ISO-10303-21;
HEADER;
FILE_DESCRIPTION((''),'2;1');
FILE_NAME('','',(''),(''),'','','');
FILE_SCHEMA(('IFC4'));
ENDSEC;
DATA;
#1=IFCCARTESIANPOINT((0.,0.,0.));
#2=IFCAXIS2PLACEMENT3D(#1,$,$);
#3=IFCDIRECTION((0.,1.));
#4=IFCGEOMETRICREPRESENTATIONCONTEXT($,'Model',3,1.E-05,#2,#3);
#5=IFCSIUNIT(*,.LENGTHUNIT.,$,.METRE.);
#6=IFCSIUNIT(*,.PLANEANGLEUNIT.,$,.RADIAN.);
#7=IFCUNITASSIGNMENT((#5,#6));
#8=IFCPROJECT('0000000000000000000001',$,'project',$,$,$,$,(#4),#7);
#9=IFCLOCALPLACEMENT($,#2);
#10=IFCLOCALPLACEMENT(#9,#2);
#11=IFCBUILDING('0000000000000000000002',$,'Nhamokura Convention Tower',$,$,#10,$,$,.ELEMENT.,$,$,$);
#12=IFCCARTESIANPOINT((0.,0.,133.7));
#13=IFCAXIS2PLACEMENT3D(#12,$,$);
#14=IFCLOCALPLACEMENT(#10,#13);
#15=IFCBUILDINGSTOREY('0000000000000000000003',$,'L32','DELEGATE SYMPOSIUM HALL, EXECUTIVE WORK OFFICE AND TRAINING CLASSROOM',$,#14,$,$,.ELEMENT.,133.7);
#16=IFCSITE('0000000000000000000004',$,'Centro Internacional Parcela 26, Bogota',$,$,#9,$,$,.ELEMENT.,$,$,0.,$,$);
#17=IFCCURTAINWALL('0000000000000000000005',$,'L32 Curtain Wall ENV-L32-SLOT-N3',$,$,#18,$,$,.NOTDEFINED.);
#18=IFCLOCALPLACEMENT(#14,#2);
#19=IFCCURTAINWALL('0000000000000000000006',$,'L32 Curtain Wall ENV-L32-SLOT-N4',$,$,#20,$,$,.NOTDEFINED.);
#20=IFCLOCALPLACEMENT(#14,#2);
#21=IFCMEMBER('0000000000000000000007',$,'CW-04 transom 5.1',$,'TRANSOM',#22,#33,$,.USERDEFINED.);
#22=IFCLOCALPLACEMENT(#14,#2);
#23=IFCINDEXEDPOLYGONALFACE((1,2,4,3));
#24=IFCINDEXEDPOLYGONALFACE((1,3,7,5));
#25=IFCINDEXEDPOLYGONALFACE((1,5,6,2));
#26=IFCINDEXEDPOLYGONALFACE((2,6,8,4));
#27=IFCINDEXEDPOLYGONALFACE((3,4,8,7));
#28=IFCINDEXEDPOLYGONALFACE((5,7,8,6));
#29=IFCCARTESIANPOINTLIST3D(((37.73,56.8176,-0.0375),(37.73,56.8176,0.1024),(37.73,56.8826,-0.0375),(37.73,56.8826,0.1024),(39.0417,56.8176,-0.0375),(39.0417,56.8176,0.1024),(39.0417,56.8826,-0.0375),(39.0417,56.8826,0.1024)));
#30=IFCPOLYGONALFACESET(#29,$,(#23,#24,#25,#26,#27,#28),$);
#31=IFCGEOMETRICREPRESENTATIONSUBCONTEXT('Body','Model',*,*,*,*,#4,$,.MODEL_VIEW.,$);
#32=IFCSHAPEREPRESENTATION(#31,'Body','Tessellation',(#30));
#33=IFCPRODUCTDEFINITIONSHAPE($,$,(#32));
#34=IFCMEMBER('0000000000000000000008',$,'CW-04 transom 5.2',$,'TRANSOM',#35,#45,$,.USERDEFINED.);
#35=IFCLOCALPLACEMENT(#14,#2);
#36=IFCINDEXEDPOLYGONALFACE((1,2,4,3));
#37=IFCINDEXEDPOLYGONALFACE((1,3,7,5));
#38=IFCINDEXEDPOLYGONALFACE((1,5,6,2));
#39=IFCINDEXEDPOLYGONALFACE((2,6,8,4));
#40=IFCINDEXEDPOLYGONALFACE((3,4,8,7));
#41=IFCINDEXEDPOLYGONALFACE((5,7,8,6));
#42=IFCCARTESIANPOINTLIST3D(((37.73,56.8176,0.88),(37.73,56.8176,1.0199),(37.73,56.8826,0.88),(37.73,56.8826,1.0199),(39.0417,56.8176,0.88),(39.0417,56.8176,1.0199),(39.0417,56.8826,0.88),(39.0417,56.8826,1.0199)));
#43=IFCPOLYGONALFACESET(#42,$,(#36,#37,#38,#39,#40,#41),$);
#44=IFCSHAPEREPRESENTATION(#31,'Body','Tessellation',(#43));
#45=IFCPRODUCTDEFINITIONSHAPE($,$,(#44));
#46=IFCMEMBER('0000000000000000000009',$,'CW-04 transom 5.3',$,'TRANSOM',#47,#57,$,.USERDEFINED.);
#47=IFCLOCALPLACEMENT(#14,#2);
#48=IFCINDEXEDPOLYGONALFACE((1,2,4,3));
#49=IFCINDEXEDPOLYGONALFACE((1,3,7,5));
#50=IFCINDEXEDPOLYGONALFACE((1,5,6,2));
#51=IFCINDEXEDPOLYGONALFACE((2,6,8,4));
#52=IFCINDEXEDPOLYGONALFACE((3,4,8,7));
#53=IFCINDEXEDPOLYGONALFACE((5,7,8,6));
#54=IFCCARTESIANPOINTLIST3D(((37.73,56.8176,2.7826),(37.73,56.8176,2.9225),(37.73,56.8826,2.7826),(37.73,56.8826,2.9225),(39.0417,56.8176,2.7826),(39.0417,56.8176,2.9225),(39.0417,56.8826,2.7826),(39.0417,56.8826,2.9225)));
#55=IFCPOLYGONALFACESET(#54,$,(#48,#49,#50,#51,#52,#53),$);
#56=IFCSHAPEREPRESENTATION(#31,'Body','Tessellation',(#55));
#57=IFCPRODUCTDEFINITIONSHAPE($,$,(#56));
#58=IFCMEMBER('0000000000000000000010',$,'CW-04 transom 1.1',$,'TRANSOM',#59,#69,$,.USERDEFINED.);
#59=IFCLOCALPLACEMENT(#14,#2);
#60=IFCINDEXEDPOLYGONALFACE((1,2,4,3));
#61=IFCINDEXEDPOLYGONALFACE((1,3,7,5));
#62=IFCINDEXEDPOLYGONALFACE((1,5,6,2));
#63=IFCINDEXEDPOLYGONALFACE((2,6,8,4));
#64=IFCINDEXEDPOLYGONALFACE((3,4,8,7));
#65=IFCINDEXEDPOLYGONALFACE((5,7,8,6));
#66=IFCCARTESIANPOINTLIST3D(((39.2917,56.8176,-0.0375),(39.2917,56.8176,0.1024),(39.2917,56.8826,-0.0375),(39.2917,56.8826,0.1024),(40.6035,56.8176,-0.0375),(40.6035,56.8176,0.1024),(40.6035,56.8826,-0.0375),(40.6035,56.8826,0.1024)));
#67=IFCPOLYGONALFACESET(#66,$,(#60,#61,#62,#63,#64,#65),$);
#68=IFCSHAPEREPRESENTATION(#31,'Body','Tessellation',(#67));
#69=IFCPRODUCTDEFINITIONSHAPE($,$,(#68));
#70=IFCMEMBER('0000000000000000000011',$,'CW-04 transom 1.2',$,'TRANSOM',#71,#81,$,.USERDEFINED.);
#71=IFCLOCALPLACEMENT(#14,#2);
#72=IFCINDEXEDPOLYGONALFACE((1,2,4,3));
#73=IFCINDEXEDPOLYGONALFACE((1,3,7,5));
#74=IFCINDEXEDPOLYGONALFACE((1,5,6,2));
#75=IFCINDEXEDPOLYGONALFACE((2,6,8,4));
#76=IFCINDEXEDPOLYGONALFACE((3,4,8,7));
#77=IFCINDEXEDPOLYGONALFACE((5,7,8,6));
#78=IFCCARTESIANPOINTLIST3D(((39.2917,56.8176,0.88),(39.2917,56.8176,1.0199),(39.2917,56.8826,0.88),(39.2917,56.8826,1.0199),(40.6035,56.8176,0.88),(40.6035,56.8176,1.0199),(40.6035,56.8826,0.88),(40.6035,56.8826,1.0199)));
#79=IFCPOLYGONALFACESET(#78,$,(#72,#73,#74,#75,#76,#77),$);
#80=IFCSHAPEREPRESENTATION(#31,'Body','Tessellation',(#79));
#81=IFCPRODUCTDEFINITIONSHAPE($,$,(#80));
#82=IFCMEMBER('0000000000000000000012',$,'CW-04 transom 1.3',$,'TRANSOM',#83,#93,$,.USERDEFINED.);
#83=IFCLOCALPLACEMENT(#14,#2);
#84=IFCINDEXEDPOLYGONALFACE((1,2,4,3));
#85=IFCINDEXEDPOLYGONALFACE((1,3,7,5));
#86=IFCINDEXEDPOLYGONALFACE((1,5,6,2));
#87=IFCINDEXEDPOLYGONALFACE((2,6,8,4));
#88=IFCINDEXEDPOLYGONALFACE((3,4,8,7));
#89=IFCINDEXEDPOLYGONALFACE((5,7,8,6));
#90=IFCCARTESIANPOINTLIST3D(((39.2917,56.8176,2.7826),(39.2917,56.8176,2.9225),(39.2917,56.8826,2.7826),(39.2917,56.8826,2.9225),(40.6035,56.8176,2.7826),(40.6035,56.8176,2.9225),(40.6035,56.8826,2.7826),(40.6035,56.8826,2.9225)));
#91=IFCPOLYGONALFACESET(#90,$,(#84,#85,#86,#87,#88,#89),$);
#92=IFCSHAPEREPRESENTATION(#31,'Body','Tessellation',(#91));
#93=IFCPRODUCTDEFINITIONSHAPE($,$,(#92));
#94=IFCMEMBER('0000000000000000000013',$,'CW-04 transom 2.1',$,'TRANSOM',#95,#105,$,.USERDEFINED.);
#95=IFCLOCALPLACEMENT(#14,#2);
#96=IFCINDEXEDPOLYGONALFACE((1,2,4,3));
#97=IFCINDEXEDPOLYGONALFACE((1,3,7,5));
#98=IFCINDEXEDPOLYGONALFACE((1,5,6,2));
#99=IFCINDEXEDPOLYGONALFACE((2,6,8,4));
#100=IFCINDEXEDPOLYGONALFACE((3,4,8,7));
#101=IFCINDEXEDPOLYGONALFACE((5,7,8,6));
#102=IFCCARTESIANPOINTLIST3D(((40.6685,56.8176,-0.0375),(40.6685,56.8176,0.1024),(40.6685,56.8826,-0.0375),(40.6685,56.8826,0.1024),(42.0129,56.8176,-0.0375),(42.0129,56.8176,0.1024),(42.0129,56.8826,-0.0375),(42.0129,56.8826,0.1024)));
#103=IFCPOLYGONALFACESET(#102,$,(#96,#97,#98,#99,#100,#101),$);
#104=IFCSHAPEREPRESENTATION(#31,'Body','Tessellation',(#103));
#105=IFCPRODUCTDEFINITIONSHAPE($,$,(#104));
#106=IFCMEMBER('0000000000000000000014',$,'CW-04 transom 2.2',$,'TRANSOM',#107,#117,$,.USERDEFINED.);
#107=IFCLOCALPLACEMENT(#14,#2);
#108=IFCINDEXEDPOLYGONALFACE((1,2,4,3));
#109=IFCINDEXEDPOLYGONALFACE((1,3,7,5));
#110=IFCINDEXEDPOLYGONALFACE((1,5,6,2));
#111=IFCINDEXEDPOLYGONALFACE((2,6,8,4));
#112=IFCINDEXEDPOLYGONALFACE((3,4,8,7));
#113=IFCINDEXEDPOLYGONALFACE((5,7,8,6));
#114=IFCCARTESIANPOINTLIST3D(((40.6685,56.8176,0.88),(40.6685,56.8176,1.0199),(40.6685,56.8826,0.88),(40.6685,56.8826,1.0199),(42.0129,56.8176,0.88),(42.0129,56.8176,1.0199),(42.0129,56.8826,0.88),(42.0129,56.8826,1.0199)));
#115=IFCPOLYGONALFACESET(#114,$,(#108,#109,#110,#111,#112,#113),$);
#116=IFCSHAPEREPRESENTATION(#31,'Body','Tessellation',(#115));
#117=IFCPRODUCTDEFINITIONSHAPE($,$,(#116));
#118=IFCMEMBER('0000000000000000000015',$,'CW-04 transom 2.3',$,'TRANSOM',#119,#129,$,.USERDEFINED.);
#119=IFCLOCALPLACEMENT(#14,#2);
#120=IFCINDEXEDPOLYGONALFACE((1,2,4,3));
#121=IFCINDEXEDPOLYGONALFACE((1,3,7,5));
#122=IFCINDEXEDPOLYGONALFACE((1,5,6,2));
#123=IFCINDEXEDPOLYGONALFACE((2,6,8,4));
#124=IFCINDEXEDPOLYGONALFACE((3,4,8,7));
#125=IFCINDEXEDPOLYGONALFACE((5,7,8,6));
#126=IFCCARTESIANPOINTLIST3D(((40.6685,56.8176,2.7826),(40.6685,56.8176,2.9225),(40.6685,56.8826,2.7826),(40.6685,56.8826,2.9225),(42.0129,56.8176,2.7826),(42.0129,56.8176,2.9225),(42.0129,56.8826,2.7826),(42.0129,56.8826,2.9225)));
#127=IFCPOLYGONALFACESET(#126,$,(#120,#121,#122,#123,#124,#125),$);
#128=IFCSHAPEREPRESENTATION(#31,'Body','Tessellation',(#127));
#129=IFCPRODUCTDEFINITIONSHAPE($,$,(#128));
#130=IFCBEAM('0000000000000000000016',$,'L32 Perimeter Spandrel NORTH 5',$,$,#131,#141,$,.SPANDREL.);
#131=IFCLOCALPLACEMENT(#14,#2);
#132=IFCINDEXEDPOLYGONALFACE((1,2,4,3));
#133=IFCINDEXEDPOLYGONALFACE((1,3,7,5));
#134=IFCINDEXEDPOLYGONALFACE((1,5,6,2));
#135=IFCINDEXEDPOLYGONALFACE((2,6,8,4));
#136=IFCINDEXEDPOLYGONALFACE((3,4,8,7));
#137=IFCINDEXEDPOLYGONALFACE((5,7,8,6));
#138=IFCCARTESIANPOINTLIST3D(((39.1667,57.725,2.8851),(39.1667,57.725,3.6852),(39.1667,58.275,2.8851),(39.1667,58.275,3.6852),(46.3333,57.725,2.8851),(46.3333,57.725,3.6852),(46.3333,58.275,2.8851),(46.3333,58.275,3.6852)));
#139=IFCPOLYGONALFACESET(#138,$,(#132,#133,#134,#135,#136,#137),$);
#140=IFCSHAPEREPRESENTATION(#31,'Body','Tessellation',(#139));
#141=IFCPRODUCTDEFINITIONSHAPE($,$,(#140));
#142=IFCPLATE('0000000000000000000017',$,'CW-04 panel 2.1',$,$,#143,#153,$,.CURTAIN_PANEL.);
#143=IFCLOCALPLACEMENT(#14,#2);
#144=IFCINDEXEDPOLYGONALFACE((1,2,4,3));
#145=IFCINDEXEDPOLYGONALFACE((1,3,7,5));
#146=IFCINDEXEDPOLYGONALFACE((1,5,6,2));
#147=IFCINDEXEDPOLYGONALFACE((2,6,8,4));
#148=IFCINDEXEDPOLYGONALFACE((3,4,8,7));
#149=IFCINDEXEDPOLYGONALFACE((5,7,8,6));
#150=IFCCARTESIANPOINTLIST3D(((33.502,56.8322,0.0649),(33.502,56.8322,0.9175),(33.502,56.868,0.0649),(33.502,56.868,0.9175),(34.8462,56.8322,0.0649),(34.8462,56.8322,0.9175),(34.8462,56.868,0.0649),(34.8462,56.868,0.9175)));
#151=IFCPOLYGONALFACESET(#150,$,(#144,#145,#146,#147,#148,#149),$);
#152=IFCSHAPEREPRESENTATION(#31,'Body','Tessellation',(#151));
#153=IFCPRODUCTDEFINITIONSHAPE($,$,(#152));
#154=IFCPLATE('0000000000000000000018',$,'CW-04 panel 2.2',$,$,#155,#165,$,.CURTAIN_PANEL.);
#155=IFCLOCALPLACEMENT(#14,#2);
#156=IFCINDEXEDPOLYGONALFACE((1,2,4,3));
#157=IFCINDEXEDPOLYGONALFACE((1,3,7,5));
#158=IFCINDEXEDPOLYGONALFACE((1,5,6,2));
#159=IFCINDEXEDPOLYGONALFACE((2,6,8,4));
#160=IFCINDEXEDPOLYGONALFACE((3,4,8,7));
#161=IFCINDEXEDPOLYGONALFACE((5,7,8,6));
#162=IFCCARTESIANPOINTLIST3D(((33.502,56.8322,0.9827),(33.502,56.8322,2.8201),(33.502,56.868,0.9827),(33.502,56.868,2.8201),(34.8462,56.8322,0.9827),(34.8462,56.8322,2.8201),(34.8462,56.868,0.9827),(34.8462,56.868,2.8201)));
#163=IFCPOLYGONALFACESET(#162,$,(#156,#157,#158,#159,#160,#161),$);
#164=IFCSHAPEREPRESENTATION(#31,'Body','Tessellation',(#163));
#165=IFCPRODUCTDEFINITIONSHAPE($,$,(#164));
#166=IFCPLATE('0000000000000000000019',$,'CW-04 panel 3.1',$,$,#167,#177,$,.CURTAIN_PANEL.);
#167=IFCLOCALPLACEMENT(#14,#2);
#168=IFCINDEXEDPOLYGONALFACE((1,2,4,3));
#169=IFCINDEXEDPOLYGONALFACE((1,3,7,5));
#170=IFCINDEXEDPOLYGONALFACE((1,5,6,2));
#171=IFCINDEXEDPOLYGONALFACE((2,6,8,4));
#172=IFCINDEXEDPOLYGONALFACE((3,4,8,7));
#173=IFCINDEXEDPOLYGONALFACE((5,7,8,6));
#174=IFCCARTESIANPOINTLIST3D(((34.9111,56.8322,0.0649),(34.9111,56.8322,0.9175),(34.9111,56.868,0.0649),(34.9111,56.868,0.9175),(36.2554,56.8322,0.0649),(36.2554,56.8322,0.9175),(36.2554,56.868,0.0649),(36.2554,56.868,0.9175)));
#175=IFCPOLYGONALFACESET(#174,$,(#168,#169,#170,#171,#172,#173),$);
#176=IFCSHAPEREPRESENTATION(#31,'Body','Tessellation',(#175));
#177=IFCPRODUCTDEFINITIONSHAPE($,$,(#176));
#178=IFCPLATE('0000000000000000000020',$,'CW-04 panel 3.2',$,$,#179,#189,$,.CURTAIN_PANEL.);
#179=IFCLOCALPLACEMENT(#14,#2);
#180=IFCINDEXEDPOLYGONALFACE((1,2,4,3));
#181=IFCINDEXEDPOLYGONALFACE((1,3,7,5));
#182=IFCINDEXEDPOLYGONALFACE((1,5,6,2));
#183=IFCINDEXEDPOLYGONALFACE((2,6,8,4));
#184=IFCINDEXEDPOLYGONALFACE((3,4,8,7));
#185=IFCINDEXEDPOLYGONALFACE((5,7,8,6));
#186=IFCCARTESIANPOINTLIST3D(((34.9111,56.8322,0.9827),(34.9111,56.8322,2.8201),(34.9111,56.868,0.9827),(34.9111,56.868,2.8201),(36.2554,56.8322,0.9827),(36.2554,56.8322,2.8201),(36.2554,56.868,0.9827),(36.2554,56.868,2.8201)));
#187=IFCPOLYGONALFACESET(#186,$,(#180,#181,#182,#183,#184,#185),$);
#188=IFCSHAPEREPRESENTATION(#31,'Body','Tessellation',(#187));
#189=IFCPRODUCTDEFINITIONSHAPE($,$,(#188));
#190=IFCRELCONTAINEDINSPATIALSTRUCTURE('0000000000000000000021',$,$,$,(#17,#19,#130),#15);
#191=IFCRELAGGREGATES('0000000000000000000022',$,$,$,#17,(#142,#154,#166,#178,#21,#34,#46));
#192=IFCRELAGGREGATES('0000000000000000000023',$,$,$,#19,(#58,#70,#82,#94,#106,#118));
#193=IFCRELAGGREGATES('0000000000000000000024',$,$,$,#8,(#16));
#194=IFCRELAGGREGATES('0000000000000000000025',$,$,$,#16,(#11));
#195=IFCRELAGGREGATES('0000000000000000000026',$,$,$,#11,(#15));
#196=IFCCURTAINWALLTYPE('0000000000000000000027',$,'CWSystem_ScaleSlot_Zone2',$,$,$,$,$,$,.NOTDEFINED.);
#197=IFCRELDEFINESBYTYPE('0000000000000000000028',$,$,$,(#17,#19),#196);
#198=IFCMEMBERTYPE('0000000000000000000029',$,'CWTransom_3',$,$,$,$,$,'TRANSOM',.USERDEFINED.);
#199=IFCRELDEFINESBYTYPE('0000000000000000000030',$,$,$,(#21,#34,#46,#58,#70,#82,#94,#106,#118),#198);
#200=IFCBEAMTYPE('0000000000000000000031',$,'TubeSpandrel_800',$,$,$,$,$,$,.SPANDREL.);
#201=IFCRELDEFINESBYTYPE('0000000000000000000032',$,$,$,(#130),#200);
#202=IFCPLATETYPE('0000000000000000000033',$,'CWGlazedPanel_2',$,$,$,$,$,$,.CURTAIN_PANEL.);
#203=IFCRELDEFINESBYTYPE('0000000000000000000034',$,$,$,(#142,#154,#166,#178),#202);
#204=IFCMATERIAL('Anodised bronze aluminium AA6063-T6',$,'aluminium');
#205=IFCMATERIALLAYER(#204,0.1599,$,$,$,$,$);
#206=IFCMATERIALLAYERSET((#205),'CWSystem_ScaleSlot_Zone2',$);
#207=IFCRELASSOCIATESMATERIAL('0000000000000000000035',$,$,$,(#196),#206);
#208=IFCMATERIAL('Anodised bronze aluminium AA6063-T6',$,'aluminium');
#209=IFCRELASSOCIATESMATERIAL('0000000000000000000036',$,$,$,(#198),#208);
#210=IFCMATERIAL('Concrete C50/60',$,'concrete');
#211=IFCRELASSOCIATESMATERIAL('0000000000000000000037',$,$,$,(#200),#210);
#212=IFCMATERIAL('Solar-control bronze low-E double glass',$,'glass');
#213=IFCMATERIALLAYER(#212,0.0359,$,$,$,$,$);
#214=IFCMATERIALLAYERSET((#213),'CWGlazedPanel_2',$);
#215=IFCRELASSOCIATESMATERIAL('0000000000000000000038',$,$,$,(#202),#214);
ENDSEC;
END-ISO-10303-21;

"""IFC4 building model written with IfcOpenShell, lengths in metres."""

from ifc_helpers import new_model, si_unit, direction, frame, origin, origin_2d, place, context, subcontext, project, spatial, rectangle, extrude, material, layer, layer_set, material_profile, profile_set, type_object, element, aggregate, save


model = new_model("IFC4")

# Units and contexts
model_context = context("Model", 3, precision=1e-05, world=origin(), true_north=direction((0.0, 1.0)))
body_context = subcontext(model_context, "Body", "Model", "MODEL_VIEW")
ifc_project = project(units=[si_unit("LENGTHUNIT", "METRE"), si_unit("PLANEANGLEUNIT", "RADIAN")], contexts=[model_context])

# Site, building, storey
site_placement = place(None, origin())
site = spatial("IfcSite", under=ifc_project, at=site_placement, Name="Centro Internacional Parcela 26, Bogota", CompositionType="ELEMENT", RefElevation=0.0)
building_placement = place(site_placement, origin())
building = spatial("IfcBuilding", under=site, at=building_placement, Name="Nhamokura Convention Tower", CompositionType="ELEMENT")
storey_placement = place(building_placement, frame((0.0, 0.0, 133.7)))
storey = spatial("IfcBuildingStorey", under=building, at=storey_placement, Name="L32", Description="DELEGATE SYMPOSIUM HALL, EXECUTIVE WORK OFFICE AND TRAINING CLASSROOM", CompositionType="ELEMENT", Elevation=133.7)

# Curtain walls
ifc_material_1 = material(Name="Anodised bronze aluminium AA6063-T6", Category="aluminium")
ifc_layer_1 = layer(ifc_material_1, 0.1599)
ifc_layer_set_1 = layer_set([ifc_layer_1], Name="CWSystem_ScaleSlot_Zone2")
curtain_wall_type = type_object("IfcCurtainWallType", Name="CWSystem_ScaleSlot_Zone2", PredefinedType="NOTDEFINED", material=ifc_layer_set_1)
curtain_wall_1_placement = place(storey_placement, origin())
curtain_wall_1 = element("IfcCurtainWall", 1, at=curtain_wall_1_placement, inside=storey, type_object=curtain_wall_type, Name="L32 Curtain Wall ENV-L32-SLOT-N3", PredefinedType="NOTDEFINED")
curtain_wall_2_placement = place(storey_placement, origin())
curtain_wall_2 = element("IfcCurtainWall", 2, at=curtain_wall_2_placement, inside=storey, type_object=curtain_wall_type, Name="L32 Curtain Wall ENV-L32-SLOT-N4", PredefinedType="NOTDEFINED")

# Members
ifc_material_2 = material(Name="Anodised bronze aluminium AA6063-T6", Category="aluminium")
ifc_material_profile_1 = material_profile(ifc_material_2, rectangle(XDim=0.0649, YDim=0.1399, at=origin_2d()))
ifc_profile_set_1 = profile_set([ifc_material_profile_1], Name="Anodised bronze aluminium AA6063-T6")
member_type_1 = type_object("IfcMemberType", Name="CWTransom_3", ElementType="TRANSOM", PredefinedType="USERDEFINED", material=ifc_profile_set_1)
member_1_placement = place(storey_placement, frame((37.73, 56.8501, 0.0325), z_axis=(1.0, 0.0, 0.0), x_axis=(0.0, 1.0, 0.0)))
member_1 = element("IfcMember", 3, at=member_1_placement, type_object=member_type_1, Name="CW-04 transom 5.1", ObjectType="TRANSOM", PredefinedType="USERDEFINED", context=body_context, shape_type="SweptSolid", body=[
    extrude(rectangle(XDim=0.0649, YDim=0.1399, at=origin_2d()), origin(), (0.0, 0.0, 1.0), 1.3118),
])
member_2_placement = place(storey_placement, frame((37.73, 56.8501, 0.95), z_axis=(1.0, 0.0, 0.0), x_axis=(0.0, 1.0, 0.0)))
member_2 = element("IfcMember", 4, at=member_2_placement, type_object=member_type_1, Name="CW-04 transom 5.2", ObjectType="TRANSOM", PredefinedType="USERDEFINED", context=body_context, shape_type="SweptSolid", body=[
    extrude(rectangle(XDim=0.0649, YDim=0.1399, at=origin_2d()), origin(), (0.0, 0.0, 1.0), 1.3118),
])
member_3_placement = place(storey_placement, frame((37.73, 56.8501, 2.8525), z_axis=(1.0, 0.0, 0.0), x_axis=(0.0, 1.0, 0.0)))
member_3 = element("IfcMember", 5, at=member_3_placement, type_object=member_type_1, Name="CW-04 transom 5.3", ObjectType="TRANSOM", PredefinedType="USERDEFINED", context=body_context, shape_type="SweptSolid", body=[
    extrude(rectangle(XDim=0.0649, YDim=0.1399, at=origin_2d()), origin(), (0.0, 0.0, 1.0), 1.3118),
])
member_4_placement = place(storey_placement, frame((39.2917, 56.8501, 0.0325), z_axis=(1.0, 0.0, 0.0), x_axis=(0.0, 1.0, 0.0)))
member_4 = element("IfcMember", 6, at=member_4_placement, type_object=member_type_1, Name="CW-04 transom 1.1", ObjectType="TRANSOM", PredefinedType="USERDEFINED", context=body_context, shape_type="SweptSolid", body=[
    extrude(rectangle(XDim=0.0649, YDim=0.1399, at=origin_2d()), origin(), (0.0, 0.0, 1.0), 1.3118),
])
member_5_placement = place(storey_placement, frame((39.2917, 56.8501, 0.95), z_axis=(1.0, 0.0, 0.0), x_axis=(0.0, 1.0, 0.0)))
member_5 = element("IfcMember", 7, at=member_5_placement, type_object=member_type_1, Name="CW-04 transom 1.2", ObjectType="TRANSOM", PredefinedType="USERDEFINED", context=body_context, shape_type="SweptSolid", body=[
    extrude(rectangle(XDim=0.0649, YDim=0.1399, at=origin_2d()), origin(), (0.0, 0.0, 1.0), 1.3118),
])
member_6_placement = place(storey_placement, frame((39.2917, 56.8501, 2.8525), z_axis=(1.0, 0.0, 0.0), x_axis=(0.0, 1.0, 0.0)))
member_6 = element("IfcMember", 8, at=member_6_placement, type_object=member_type_1, Name="CW-04 transom 1.3", ObjectType="TRANSOM", PredefinedType="USERDEFINED", context=body_context, shape_type="SweptSolid", body=[
    extrude(rectangle(XDim=0.0649, YDim=0.1399, at=origin_2d()), origin(), (0.0, 0.0, 1.0), 1.3118),
])
member_7_placement = place(storey_placement, frame((40.6685, 56.8501, 0.0325), z_axis=(1.0, 0.0, 0.0), x_axis=(0.0, 1.0, 0.0)))
member_7 = element("IfcMember", 9, at=member_7_placement, type_object=member_type_1, Name="CW-04 transom 2.1", ObjectType="TRANSOM", PredefinedType="USERDEFINED", context=body_context, shape_type="SweptSolid", body=[
    extrude(rectangle(XDim=0.0649, YDim=0.1399, at=origin_2d()), origin(), (0.0, 0.0, 1.0), 1.3445),
])
member_8_placement = place(storey_placement, frame((40.6685, 56.8501, 0.95), z_axis=(1.0, 0.0, 0.0), x_axis=(0.0, 1.0, 0.0)))
member_8 = element("IfcMember", 10, at=member_8_placement, type_object=member_type_1, Name="CW-04 transom 2.2", ObjectType="TRANSOM", PredefinedType="USERDEFINED", context=body_context, shape_type="SweptSolid", body=[
    extrude(rectangle(XDim=0.0649, YDim=0.1399, at=origin_2d()), origin(), (0.0, 0.0, 1.0), 1.3445),
])
member_9_placement = place(storey_placement, frame((40.6685, 56.8501, 2.8525), z_axis=(1.0, 0.0, 0.0), x_axis=(0.0, 1.0, 0.0)))
member_9 = element("IfcMember", 11, at=member_9_placement, type_object=member_type_1, Name="CW-04 transom 2.3", ObjectType="TRANSOM", PredefinedType="USERDEFINED", context=body_context, shape_type="SweptSolid", body=[
    extrude(rectangle(XDim=0.0649, YDim=0.1399, at=origin_2d()), origin(), (0.0, 0.0, 1.0), 1.3445),
])

# Beam
ifc_material_3 = material(Name="Concrete C50/60", Category="concrete")
ifc_material_profile_2 = material_profile(ifc_material_3, rectangle(XDim=0.55, YDim=0.8, at=origin_2d()))
ifc_profile_set_2 = profile_set([ifc_material_profile_2], Name="Concrete C50/60")
beam_type = type_object("IfcBeamType", Name="TubeSpandrel_800", PredefinedType="SPANDREL", material=ifc_profile_set_2)
beam_placement = place(storey_placement, frame((39.1667, 58.0, 3.2852), z_axis=(1.0, 0.0, 0.0), x_axis=(0.0, 1.0, 0.0)))
element("IfcBeam", 12, at=beam_placement, inside=storey, type_object=beam_type, Name="L32 Perimeter Spandrel NORTH 5", PredefinedType="SPANDREL", context=body_context, shape_type="SweptSolid", body=[
    extrude(rectangle(XDim=0.55, YDim=0.8, at=origin_2d()), origin(), (0.0, 0.0, 1.0), 7.1665),
])

# Plates
ifc_material_4 = material(Name="Solar-control bronze low-E double glass", Category="glass")
ifc_layer_2 = layer(ifc_material_4, 0.0359)
ifc_layer_set_2 = layer_set([ifc_layer_2], Name="CWGlazedPanel_2")
plate_type = type_object("IfcPlateType", Name="CWGlazedPanel_2", PredefinedType="CURTAIN_PANEL", material=ifc_layer_set_2)
plate_1_placement = place(storey_placement, frame((34.1741, 56.8501, 0.0649), z_axis=(0.0, 0.0, 1.0), x_axis=(1.0, 0.0, 0.0)))
plate_1 = element("IfcPlate", 13, at=plate_1_placement, type_object=plate_type, Name="CW-04 panel 2.1", PredefinedType="CURTAIN_PANEL", context=body_context, shape_type="SweptSolid", body=[
    extrude(rectangle(XDim=1.3442, YDim=0.0359, at=origin_2d()), origin(), (0.0, 0.0, 1.0), 0.8525),
])
plate_2_placement = place(storey_placement, frame((34.1741, 56.8501, 0.9827), z_axis=(0.0, 0.0, 1.0), x_axis=(1.0, 0.0, 0.0)))
plate_2 = element("IfcPlate", 14, at=plate_2_placement, type_object=plate_type, Name="CW-04 panel 2.2", PredefinedType="CURTAIN_PANEL", context=body_context, shape_type="SweptSolid", body=[
    extrude(rectangle(XDim=1.3442, YDim=0.0359, at=origin_2d()), origin(), (0.0, 0.0, 1.0), 1.8374),
])
plate_3_placement = place(storey_placement, frame((35.5833, 56.8501, 0.0649), z_axis=(0.0, 0.0, 1.0), x_axis=(1.0, 0.0, 0.0)))
plate_3 = element("IfcPlate", 15, at=plate_3_placement, type_object=plate_type, Name="CW-04 panel 3.1", PredefinedType="CURTAIN_PANEL", context=body_context, shape_type="SweptSolid", body=[
    extrude(rectangle(XDim=1.3442, YDim=0.0359, at=origin_2d()), origin(), (0.0, 0.0, 1.0), 0.8525),
])
plate_4_placement = place(storey_placement, frame((35.5833, 56.8501, 0.9827), z_axis=(0.0, 0.0, 1.0), x_axis=(1.0, 0.0, 0.0)))
plate_4 = element("IfcPlate", 16, at=plate_4_placement, type_object=plate_type, Name="CW-04 panel 3.2", PredefinedType="CURTAIN_PANEL", context=body_context, shape_type="SweptSolid", body=[
    extrude(rectangle(XDim=1.3442, YDim=0.0359, at=origin_2d()), origin(), (0.0, 0.0, 1.0), 1.8374),
])
aggregate(curtain_wall_1, [plate_1, plate_2, plate_3, plate_4, member_1, member_2, member_3])
aggregate(curtain_wall_2, [member_4, member_5, member_6, member_7, member_8, member_9])

save(model, "model.ifc")
